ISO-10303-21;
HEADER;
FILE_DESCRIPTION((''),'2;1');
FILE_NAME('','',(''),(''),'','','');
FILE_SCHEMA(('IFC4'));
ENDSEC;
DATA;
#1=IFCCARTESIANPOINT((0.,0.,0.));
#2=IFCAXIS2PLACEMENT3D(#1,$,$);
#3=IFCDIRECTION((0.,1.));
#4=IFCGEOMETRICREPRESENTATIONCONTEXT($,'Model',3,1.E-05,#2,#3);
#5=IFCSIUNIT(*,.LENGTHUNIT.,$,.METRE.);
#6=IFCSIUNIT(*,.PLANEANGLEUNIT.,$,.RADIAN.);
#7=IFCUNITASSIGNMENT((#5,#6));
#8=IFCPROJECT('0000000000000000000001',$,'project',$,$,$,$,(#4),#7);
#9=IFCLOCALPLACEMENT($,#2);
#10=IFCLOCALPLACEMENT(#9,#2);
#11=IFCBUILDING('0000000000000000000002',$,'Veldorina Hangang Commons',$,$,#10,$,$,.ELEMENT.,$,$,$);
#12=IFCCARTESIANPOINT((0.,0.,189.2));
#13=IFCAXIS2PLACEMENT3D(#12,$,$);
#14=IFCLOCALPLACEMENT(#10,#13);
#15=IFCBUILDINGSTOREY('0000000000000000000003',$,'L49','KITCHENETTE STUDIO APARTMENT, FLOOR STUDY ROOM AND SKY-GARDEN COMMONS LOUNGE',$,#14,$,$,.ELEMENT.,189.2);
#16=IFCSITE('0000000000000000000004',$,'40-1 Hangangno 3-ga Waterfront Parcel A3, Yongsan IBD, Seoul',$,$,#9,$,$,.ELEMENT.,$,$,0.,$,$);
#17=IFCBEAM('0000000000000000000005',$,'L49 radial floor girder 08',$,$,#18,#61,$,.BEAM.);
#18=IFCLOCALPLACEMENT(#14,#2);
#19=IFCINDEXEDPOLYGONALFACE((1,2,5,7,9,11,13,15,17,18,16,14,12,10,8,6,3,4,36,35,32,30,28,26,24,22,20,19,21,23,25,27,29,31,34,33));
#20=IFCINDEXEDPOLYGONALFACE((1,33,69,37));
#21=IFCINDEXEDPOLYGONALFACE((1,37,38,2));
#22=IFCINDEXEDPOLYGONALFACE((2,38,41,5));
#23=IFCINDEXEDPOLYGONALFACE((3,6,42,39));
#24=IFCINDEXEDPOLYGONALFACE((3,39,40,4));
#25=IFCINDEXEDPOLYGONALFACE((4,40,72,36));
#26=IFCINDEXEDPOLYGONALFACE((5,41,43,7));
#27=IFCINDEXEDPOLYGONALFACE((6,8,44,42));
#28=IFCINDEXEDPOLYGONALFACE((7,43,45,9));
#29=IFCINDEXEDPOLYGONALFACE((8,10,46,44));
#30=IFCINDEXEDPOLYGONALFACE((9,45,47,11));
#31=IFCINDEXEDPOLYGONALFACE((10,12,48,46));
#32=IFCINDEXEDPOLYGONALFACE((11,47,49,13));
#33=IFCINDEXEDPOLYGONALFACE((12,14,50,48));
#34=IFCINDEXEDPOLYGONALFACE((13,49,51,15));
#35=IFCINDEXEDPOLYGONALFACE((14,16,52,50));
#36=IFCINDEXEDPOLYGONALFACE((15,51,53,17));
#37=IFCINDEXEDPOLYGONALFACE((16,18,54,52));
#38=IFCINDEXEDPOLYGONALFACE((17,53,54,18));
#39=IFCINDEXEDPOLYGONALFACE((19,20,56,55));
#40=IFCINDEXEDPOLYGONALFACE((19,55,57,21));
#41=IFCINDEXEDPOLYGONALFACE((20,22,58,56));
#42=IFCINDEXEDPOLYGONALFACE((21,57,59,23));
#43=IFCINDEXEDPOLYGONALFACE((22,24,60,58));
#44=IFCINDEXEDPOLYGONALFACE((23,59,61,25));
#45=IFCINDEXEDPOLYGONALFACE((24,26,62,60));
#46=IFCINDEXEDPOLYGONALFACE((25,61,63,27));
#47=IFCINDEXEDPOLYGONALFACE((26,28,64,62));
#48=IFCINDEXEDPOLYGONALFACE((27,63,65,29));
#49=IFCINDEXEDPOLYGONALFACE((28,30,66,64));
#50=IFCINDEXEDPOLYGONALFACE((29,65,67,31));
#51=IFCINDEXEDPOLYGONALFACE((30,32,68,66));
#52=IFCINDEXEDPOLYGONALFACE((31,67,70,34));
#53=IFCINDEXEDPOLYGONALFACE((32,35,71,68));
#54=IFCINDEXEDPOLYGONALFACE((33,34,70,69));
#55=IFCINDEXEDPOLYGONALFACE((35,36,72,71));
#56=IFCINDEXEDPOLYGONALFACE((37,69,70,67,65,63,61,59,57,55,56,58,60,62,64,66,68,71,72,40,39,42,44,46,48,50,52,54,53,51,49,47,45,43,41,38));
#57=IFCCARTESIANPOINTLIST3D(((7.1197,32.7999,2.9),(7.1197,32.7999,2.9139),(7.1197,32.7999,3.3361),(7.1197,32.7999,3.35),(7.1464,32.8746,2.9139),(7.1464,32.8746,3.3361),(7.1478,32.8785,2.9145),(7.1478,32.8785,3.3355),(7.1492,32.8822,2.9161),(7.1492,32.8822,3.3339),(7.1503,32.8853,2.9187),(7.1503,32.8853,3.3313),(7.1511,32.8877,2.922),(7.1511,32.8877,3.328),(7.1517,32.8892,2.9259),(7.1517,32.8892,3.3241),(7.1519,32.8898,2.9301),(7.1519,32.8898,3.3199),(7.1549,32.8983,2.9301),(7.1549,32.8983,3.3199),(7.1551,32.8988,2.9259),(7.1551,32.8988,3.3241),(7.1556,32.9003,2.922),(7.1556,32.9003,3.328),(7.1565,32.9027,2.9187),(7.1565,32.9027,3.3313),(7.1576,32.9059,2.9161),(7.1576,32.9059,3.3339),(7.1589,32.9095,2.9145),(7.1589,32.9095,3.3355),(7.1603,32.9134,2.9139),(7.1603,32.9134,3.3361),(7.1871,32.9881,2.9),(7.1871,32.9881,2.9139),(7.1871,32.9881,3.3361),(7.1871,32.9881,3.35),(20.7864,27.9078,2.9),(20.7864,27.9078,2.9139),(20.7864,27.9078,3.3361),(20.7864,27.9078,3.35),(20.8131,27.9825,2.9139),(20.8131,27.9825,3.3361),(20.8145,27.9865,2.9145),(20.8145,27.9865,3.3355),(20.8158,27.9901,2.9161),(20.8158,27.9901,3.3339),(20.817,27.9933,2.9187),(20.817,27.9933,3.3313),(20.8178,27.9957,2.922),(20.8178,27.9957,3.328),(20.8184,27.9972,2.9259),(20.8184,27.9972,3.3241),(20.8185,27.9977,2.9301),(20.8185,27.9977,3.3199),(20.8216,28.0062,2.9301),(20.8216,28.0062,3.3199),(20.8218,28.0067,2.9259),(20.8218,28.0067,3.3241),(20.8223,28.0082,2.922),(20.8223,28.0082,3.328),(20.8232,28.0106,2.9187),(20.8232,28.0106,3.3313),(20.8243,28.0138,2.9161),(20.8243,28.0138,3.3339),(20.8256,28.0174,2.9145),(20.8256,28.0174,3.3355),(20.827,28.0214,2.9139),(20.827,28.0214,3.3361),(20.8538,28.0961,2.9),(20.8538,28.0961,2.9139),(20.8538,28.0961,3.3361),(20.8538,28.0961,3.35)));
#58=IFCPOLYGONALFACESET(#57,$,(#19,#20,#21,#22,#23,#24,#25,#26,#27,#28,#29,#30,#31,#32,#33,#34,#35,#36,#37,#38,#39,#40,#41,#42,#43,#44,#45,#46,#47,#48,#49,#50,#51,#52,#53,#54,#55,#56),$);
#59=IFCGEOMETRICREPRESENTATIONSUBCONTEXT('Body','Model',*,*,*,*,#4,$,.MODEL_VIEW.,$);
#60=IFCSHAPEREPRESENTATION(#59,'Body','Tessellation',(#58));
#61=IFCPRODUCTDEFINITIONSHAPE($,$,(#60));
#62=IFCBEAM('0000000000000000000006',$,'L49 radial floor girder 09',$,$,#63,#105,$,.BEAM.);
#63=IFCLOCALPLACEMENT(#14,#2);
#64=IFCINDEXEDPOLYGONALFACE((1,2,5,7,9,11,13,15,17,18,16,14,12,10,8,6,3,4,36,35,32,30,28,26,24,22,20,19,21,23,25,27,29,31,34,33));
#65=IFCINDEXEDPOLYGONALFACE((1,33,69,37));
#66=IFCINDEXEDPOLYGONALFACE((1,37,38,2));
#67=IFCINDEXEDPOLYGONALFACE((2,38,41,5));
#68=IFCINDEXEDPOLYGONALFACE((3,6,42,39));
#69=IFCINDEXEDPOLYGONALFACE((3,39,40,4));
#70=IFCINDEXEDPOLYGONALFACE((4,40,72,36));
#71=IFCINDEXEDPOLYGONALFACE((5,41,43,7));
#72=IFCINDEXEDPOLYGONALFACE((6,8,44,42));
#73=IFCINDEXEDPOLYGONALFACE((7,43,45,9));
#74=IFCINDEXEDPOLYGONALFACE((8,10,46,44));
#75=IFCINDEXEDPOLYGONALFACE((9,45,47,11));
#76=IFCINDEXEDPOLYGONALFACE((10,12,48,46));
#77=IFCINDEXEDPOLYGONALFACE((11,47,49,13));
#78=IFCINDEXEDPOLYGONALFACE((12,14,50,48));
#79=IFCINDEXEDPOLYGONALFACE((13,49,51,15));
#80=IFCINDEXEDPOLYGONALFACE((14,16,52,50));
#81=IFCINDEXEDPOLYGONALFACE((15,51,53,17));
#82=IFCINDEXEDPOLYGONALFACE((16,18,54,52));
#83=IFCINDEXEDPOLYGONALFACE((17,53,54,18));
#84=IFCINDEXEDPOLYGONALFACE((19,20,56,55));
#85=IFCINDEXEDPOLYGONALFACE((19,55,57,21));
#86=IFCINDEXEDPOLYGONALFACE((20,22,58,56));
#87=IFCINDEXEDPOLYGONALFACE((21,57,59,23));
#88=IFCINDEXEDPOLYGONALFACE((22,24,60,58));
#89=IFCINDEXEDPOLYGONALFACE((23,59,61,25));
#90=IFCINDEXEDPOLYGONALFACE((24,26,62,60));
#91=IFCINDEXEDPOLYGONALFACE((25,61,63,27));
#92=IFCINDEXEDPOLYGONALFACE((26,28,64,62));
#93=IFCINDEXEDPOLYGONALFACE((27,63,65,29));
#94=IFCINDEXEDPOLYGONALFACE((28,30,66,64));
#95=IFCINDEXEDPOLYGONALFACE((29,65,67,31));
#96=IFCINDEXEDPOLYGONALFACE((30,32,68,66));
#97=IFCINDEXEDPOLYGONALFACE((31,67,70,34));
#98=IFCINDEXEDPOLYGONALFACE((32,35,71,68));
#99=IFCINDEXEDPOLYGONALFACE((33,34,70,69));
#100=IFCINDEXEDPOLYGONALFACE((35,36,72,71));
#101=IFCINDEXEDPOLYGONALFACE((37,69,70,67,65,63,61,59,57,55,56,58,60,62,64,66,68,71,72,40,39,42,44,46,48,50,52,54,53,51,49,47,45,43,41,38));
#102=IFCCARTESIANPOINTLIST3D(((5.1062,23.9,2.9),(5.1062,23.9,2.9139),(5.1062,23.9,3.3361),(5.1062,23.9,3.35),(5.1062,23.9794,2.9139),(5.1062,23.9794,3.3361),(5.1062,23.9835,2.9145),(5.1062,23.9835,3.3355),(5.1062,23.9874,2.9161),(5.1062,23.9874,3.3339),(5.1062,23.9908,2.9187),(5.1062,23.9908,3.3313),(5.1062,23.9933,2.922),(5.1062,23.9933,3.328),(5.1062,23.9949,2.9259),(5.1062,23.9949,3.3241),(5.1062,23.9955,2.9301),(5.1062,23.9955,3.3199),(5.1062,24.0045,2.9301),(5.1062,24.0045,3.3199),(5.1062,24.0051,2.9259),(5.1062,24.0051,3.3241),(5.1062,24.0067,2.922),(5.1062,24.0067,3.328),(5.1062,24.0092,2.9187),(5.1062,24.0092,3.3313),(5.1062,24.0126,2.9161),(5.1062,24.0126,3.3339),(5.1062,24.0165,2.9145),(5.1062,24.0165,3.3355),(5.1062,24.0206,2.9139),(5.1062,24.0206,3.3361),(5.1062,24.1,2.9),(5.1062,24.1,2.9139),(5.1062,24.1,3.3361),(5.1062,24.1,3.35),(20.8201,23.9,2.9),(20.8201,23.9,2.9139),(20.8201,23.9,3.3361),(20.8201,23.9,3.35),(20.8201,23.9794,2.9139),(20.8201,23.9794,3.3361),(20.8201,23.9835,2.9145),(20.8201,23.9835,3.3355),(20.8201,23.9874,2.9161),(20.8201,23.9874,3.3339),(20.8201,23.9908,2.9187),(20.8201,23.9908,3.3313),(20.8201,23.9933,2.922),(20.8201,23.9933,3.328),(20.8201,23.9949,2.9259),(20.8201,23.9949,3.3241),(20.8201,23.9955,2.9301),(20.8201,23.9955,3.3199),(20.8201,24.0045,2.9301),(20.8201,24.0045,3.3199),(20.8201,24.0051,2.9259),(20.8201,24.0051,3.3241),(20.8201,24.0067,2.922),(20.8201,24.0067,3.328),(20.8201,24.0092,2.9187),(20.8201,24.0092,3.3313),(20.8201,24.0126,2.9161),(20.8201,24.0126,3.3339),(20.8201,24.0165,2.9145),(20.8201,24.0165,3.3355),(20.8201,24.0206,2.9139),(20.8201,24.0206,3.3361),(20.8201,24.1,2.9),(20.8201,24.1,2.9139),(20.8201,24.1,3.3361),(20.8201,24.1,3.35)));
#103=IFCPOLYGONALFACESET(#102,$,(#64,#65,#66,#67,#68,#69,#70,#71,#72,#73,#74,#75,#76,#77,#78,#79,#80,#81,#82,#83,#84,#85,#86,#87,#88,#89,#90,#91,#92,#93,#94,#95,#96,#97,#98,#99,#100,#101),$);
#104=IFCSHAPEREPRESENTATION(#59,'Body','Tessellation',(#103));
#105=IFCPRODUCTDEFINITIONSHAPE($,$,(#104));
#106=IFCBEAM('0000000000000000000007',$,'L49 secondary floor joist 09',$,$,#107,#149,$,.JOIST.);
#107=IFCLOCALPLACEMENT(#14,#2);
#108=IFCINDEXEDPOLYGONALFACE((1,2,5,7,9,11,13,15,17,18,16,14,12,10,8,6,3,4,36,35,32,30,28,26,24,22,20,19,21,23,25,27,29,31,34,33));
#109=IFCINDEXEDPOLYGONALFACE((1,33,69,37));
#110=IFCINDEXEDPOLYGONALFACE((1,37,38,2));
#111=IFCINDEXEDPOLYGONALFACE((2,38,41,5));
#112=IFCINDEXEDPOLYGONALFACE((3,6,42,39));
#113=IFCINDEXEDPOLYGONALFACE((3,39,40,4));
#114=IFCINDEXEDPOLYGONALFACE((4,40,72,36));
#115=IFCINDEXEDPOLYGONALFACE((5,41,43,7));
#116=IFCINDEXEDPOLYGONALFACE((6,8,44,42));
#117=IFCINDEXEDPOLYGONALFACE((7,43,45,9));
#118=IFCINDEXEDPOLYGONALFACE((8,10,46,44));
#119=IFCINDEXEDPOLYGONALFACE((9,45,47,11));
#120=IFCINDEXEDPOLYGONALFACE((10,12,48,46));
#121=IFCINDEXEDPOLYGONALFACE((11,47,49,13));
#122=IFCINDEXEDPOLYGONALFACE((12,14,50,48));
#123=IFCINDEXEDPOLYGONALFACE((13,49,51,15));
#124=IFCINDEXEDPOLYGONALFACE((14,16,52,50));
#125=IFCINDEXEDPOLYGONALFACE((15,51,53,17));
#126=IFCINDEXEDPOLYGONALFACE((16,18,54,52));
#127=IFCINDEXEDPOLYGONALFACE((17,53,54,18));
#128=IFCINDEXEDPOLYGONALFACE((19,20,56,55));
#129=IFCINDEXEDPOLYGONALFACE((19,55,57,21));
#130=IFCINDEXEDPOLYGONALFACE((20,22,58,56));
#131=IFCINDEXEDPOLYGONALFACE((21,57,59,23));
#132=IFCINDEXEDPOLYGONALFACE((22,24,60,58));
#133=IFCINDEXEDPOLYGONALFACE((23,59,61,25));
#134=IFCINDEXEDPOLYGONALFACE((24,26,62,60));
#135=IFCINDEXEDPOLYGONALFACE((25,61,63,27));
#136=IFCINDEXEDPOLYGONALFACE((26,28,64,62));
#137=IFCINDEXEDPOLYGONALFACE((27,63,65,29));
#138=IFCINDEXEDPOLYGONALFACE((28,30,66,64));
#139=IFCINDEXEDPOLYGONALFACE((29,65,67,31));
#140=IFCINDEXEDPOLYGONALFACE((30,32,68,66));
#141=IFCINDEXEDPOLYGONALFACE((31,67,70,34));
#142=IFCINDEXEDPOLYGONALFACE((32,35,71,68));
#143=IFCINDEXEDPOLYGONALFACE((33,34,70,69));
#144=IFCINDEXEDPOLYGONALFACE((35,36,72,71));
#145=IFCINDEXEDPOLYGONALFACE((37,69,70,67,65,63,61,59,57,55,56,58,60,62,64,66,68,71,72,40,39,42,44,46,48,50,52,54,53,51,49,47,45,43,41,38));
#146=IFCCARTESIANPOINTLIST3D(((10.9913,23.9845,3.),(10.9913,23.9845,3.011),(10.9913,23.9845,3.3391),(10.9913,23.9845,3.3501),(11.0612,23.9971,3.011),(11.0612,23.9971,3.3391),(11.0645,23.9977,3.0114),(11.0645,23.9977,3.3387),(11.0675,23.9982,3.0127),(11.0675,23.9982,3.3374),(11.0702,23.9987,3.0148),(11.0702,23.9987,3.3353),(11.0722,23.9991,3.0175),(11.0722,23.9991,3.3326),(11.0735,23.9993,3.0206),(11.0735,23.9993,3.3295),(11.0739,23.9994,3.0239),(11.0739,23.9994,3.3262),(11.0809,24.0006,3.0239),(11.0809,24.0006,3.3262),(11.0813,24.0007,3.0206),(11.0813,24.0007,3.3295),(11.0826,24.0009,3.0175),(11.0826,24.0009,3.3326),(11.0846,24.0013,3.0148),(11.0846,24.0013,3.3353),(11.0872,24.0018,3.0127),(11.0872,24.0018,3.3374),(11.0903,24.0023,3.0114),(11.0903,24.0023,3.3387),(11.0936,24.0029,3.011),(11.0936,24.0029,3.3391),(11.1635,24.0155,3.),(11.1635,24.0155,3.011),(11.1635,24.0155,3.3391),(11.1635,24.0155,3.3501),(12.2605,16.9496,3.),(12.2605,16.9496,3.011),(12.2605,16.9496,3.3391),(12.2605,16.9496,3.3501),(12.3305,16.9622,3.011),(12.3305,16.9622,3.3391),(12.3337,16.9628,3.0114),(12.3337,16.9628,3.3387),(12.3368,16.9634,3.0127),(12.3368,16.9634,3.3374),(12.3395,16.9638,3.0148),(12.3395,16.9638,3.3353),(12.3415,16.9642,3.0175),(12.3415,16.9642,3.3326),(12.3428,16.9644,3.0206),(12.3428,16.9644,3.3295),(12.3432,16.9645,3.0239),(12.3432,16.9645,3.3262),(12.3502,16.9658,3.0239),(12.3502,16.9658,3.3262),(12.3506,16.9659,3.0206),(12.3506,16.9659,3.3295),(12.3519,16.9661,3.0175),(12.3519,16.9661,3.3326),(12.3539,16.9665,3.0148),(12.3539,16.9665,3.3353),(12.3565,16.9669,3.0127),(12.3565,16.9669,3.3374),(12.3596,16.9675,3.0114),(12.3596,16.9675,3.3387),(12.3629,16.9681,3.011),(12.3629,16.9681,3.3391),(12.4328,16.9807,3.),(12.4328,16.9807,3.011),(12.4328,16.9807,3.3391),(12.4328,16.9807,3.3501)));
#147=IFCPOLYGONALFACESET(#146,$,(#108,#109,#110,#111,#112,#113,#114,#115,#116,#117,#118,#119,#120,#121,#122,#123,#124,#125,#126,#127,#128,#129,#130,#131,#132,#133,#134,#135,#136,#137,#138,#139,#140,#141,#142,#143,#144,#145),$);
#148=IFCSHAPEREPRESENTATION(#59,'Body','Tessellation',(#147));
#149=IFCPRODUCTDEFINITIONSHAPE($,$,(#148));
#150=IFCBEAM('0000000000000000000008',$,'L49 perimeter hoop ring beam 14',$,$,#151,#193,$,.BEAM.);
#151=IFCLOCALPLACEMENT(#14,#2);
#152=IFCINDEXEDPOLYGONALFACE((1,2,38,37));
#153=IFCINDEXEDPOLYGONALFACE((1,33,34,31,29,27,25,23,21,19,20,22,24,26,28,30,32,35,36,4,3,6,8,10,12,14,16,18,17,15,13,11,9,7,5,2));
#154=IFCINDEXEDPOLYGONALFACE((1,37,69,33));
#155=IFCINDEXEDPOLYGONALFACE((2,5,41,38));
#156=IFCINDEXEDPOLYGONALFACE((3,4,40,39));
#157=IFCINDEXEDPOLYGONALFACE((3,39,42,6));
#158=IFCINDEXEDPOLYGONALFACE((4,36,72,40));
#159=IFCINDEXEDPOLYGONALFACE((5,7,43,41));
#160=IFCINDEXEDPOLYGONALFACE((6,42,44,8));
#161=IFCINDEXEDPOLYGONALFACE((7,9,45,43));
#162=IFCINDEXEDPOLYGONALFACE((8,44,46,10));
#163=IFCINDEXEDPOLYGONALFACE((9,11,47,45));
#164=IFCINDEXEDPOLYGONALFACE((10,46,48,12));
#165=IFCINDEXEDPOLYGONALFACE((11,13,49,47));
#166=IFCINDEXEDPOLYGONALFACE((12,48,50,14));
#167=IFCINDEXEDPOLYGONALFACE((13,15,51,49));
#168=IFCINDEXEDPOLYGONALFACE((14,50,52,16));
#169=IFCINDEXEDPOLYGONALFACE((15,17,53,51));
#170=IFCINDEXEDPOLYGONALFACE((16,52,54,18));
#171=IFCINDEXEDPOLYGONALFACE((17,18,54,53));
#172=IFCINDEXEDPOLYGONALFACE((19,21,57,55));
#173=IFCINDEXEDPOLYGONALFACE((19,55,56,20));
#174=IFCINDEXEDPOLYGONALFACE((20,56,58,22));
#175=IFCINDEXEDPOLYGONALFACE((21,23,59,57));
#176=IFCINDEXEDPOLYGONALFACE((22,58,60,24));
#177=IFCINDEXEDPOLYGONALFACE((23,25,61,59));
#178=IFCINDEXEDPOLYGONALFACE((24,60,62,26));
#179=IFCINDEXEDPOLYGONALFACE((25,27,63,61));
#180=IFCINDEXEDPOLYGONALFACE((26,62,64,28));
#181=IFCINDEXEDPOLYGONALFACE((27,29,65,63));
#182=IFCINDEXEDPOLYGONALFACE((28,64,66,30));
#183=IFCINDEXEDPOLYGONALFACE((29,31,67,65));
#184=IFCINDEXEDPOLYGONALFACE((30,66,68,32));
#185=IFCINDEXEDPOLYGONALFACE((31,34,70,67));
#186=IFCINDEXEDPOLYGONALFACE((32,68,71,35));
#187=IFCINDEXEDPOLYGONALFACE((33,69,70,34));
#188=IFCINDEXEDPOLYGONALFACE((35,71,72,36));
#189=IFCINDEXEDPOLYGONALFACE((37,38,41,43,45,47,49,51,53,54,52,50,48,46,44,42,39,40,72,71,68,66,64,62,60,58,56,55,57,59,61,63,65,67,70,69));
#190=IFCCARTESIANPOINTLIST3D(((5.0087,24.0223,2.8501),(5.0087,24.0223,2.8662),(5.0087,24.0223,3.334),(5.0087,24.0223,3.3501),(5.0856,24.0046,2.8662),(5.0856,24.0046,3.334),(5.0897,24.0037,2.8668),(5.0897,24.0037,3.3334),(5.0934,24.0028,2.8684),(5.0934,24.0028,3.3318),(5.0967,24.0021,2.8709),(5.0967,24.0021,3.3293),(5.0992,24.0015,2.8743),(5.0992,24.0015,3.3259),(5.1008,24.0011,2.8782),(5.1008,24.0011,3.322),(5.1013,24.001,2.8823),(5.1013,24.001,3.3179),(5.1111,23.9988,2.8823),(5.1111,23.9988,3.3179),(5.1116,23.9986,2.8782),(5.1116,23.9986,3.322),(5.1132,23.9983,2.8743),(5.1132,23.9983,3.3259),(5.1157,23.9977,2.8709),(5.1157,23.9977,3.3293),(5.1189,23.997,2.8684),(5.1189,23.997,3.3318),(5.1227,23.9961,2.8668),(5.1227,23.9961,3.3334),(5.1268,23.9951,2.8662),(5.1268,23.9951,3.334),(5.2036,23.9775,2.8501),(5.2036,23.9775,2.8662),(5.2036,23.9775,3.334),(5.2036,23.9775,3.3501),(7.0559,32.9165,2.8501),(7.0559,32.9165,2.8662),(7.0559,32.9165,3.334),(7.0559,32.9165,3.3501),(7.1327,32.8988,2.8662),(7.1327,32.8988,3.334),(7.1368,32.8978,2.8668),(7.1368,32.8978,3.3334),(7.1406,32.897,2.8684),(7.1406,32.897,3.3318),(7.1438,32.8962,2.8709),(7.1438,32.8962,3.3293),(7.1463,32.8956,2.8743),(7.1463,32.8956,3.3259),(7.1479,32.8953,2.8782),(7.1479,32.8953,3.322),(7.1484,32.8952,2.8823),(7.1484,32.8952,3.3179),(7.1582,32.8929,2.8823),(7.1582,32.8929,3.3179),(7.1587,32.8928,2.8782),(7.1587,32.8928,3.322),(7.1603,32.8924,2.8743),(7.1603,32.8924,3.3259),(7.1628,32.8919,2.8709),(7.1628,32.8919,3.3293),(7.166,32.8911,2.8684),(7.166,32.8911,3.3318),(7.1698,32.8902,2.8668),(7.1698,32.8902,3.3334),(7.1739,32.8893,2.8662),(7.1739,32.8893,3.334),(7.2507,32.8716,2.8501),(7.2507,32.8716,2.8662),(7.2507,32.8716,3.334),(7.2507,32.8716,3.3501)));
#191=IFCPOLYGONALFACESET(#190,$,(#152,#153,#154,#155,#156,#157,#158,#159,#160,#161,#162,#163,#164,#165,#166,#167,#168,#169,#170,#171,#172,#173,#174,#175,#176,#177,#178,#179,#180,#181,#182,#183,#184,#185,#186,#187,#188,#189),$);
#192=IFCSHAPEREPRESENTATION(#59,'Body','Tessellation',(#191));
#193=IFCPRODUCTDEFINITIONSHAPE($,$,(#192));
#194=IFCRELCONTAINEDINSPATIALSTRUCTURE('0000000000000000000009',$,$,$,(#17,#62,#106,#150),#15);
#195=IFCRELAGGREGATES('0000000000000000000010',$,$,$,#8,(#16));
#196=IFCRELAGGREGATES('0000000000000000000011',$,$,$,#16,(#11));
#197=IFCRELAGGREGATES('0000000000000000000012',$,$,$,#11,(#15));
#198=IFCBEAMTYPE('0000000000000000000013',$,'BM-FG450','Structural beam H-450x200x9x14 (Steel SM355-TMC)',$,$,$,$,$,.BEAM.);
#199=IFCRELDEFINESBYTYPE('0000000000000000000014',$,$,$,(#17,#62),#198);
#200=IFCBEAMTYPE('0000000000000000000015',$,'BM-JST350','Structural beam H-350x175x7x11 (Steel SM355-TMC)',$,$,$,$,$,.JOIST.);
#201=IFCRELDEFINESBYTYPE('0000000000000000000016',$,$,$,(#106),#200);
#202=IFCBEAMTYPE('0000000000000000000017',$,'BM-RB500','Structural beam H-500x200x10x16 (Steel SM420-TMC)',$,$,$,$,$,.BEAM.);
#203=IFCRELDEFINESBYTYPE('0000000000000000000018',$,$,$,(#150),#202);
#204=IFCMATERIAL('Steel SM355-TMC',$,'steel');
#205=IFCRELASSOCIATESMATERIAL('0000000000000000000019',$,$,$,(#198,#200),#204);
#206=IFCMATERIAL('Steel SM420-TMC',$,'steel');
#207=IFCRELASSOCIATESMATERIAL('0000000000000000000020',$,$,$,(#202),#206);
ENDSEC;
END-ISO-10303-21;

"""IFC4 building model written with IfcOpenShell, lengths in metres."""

from ifc_helpers import new_model, si_unit, direction, frame, origin, origin_2d, place, context, subcontext, project, spatial, i_section, extrude, material, material_profile, profile_set, type_object, element, save


model = new_model("IFC4")

# Units and contexts
model_context = context("Model", 3, precision=1e-05, world=origin(), true_north=direction((0.0, 1.0)))
body_context = subcontext(model_context, "Body", "Model", "MODEL_VIEW")
ifc_project = project(units=[si_unit("LENGTHUNIT", "METRE"), si_unit("PLANEANGLEUNIT", "RADIAN")], contexts=[model_context])

# Site, building, storey
site_placement = place(None, origin())
site = spatial("IfcSite", under=ifc_project, at=site_placement, Name="40-1 Hangangno 3-ga Waterfront Parcel A3, Yongsan IBD, Seoul", CompositionType="ELEMENT", RefElevation=0.0)
building_placement = place(site_placement, origin())
building = spatial("IfcBuilding", under=site, at=building_placement, Name="Veldorina Hangang Commons", CompositionType="ELEMENT")
storey_placement = place(building_placement, frame((0.0, 0.0, 189.2)))
storey = spatial("IfcBuildingStorey", under=building, at=storey_placement, Name="L49", Description="KITCHENETTE STUDIO APARTMENT, FLOOR STUDY ROOM AND SKY-GARDEN COMMONS LOUNGE", CompositionType="ELEMENT", Elevation=189.2)

# Beams
ifc_material_1 = material(Name="Steel SM355-TMC", Category="steel")
ifc_material_profile_1 = material_profile(ifc_material_1, i_section(OverallWidth=0.2, OverallDepth=0.45, WebThickness=0.009, FlangeThickness=0.0139, FilletRadius=0.0161, at=origin_2d()), Name="H-450x200x9x14")
ifc_profile_set_1 = profile_set([ifc_material_profile_1], Name="Steel SM355-TMC")
beam_type_1 = type_object("IfcBeamType", Name="BM-FG450", Description="Structural beam H-450x200x9x14 (Steel SM355-TMC)", PredefinedType="BEAM", material=ifc_profile_set_1)
beam_1_placement = place(storey_placement, frame((20.8201, 28.002, 3.125), z_axis=(-0.941499, 0.337015, 0.0), x_axis=(-0.337015, -0.941499, 0.0)))
element("IfcBeam", 1, at=beam_1_placement, inside=storey, type_object=beam_type_1, Name="L49 radial floor girder 08", PredefinedType="BEAM", context=body_context, shape_type="SweptSolid", body=[
    extrude(i_section(OverallWidth=0.2, OverallDepth=0.45, WebThickness=0.009, FlangeThickness=0.0139, FilletRadius=0.0161, at=origin_2d()), origin(), (0.0, 0.0, 1.0), 14.5159),
])
beam_2_placement = place(storey_placement, frame((20.8201, 24.0, 3.125), z_axis=(-1.0, 0.0, 0.0), x_axis=(0.0, -1.0, 0.0)))
element("IfcBeam", 2, at=beam_2_placement, inside=storey, type_object=beam_type_1, Name="L49 radial floor girder 09", PredefinedType="BEAM", context=body_context, shape_type="SweptSolid", body=[
    extrude(i_section(OverallWidth=0.2, OverallDepth=0.45, WebThickness=0.009, FlangeThickness=0.0139, FilletRadius=0.0161, at=origin_2d()), origin(), (0.0, 0.0, 1.0), 15.7139),
])
ifc_material_profile_2 = material_profile(ifc_material_1, i_section(OverallWidth=0.175, OverallDepth=0.3501, WebThickness=0.0071, FlangeThickness=0.011, FilletRadius=0.0129, at=origin_2d()), Name="H-350x175x7x11")
ifc_profile_set_2 = profile_set([ifc_material_profile_2], Name="Steel SM355-TMC")
beam_type_2 = type_object("IfcBeamType", Name="BM-JST350", Description="Structural beam H-350x175x7x11 (Steel SM355-TMC)", PredefinedType="JOIST", material=ifc_profile_set_2)
beam_3_placement = place(storey_placement, frame((11.0774, 24.0, 3.175), z_axis=(0.17756, -0.98411, 0.0), x_axis=(0.98411, 0.17756, 0.0)))
element("IfcBeam", 3, at=beam_3_placement, inside=storey, type_object=beam_type_2, Name="L49 secondary floor joist 09", PredefinedType="JOIST", context=body_context, shape_type="SweptSolid", body=[
    extrude(i_section(OverallWidth=0.175, OverallDepth=0.3501, WebThickness=0.0071, FlangeThickness=0.011, FilletRadius=0.0129, at=origin_2d()), origin(), (0.0, 0.0, 1.0), 7.1484),
])
ifc_material_2 = material(Name="Steel SM420-TMC", Category="steel")
ifc_material_profile_3 = material_profile(ifc_material_2, i_section(OverallWidth=0.2, OverallDepth=0.5, WebThickness=0.01, FlangeThickness=0.0161, FilletRadius=0.0161, at=origin_2d()), Name="H-500x200x10x16")
ifc_profile_set_3 = profile_set([ifc_material_profile_3], Name="Steel SM420-TMC")
beam_type_3 = type_object("IfcBeamType", Name="BM-RB500", Description="Structural beam H-500x200x10x16 (Steel SM420-TMC)", PredefinedType="BEAM", material=ifc_profile_set_3)
for number, where, z_axis, x_axis, name in (
    (4, (7.1533, 32.894, 3.1001), (-0.224303, -0.97452, 0.0), (0.97452, -0.224303, 0.0), "L49 perimeter hoop ring beam 14"),
):
    element("IfcBeam", number, at=place(storey_placement, frame(where, z_axis=z_axis, x_axis=x_axis)), inside=storey, type_object=beam_type_3, Name=name, PredefinedType="BEAM", context=body_context, shape_type="SweptSolid", body=[
        extrude(i_section(OverallWidth=0.2, OverallDepth=0.5, WebThickness=0.01, FlangeThickness=0.0161, FilletRadius=0.0161, at=origin_2d()), origin(), (0.0, 0.0, 1.0), 9.1267),
    ])

save(model, "model.ifc")
